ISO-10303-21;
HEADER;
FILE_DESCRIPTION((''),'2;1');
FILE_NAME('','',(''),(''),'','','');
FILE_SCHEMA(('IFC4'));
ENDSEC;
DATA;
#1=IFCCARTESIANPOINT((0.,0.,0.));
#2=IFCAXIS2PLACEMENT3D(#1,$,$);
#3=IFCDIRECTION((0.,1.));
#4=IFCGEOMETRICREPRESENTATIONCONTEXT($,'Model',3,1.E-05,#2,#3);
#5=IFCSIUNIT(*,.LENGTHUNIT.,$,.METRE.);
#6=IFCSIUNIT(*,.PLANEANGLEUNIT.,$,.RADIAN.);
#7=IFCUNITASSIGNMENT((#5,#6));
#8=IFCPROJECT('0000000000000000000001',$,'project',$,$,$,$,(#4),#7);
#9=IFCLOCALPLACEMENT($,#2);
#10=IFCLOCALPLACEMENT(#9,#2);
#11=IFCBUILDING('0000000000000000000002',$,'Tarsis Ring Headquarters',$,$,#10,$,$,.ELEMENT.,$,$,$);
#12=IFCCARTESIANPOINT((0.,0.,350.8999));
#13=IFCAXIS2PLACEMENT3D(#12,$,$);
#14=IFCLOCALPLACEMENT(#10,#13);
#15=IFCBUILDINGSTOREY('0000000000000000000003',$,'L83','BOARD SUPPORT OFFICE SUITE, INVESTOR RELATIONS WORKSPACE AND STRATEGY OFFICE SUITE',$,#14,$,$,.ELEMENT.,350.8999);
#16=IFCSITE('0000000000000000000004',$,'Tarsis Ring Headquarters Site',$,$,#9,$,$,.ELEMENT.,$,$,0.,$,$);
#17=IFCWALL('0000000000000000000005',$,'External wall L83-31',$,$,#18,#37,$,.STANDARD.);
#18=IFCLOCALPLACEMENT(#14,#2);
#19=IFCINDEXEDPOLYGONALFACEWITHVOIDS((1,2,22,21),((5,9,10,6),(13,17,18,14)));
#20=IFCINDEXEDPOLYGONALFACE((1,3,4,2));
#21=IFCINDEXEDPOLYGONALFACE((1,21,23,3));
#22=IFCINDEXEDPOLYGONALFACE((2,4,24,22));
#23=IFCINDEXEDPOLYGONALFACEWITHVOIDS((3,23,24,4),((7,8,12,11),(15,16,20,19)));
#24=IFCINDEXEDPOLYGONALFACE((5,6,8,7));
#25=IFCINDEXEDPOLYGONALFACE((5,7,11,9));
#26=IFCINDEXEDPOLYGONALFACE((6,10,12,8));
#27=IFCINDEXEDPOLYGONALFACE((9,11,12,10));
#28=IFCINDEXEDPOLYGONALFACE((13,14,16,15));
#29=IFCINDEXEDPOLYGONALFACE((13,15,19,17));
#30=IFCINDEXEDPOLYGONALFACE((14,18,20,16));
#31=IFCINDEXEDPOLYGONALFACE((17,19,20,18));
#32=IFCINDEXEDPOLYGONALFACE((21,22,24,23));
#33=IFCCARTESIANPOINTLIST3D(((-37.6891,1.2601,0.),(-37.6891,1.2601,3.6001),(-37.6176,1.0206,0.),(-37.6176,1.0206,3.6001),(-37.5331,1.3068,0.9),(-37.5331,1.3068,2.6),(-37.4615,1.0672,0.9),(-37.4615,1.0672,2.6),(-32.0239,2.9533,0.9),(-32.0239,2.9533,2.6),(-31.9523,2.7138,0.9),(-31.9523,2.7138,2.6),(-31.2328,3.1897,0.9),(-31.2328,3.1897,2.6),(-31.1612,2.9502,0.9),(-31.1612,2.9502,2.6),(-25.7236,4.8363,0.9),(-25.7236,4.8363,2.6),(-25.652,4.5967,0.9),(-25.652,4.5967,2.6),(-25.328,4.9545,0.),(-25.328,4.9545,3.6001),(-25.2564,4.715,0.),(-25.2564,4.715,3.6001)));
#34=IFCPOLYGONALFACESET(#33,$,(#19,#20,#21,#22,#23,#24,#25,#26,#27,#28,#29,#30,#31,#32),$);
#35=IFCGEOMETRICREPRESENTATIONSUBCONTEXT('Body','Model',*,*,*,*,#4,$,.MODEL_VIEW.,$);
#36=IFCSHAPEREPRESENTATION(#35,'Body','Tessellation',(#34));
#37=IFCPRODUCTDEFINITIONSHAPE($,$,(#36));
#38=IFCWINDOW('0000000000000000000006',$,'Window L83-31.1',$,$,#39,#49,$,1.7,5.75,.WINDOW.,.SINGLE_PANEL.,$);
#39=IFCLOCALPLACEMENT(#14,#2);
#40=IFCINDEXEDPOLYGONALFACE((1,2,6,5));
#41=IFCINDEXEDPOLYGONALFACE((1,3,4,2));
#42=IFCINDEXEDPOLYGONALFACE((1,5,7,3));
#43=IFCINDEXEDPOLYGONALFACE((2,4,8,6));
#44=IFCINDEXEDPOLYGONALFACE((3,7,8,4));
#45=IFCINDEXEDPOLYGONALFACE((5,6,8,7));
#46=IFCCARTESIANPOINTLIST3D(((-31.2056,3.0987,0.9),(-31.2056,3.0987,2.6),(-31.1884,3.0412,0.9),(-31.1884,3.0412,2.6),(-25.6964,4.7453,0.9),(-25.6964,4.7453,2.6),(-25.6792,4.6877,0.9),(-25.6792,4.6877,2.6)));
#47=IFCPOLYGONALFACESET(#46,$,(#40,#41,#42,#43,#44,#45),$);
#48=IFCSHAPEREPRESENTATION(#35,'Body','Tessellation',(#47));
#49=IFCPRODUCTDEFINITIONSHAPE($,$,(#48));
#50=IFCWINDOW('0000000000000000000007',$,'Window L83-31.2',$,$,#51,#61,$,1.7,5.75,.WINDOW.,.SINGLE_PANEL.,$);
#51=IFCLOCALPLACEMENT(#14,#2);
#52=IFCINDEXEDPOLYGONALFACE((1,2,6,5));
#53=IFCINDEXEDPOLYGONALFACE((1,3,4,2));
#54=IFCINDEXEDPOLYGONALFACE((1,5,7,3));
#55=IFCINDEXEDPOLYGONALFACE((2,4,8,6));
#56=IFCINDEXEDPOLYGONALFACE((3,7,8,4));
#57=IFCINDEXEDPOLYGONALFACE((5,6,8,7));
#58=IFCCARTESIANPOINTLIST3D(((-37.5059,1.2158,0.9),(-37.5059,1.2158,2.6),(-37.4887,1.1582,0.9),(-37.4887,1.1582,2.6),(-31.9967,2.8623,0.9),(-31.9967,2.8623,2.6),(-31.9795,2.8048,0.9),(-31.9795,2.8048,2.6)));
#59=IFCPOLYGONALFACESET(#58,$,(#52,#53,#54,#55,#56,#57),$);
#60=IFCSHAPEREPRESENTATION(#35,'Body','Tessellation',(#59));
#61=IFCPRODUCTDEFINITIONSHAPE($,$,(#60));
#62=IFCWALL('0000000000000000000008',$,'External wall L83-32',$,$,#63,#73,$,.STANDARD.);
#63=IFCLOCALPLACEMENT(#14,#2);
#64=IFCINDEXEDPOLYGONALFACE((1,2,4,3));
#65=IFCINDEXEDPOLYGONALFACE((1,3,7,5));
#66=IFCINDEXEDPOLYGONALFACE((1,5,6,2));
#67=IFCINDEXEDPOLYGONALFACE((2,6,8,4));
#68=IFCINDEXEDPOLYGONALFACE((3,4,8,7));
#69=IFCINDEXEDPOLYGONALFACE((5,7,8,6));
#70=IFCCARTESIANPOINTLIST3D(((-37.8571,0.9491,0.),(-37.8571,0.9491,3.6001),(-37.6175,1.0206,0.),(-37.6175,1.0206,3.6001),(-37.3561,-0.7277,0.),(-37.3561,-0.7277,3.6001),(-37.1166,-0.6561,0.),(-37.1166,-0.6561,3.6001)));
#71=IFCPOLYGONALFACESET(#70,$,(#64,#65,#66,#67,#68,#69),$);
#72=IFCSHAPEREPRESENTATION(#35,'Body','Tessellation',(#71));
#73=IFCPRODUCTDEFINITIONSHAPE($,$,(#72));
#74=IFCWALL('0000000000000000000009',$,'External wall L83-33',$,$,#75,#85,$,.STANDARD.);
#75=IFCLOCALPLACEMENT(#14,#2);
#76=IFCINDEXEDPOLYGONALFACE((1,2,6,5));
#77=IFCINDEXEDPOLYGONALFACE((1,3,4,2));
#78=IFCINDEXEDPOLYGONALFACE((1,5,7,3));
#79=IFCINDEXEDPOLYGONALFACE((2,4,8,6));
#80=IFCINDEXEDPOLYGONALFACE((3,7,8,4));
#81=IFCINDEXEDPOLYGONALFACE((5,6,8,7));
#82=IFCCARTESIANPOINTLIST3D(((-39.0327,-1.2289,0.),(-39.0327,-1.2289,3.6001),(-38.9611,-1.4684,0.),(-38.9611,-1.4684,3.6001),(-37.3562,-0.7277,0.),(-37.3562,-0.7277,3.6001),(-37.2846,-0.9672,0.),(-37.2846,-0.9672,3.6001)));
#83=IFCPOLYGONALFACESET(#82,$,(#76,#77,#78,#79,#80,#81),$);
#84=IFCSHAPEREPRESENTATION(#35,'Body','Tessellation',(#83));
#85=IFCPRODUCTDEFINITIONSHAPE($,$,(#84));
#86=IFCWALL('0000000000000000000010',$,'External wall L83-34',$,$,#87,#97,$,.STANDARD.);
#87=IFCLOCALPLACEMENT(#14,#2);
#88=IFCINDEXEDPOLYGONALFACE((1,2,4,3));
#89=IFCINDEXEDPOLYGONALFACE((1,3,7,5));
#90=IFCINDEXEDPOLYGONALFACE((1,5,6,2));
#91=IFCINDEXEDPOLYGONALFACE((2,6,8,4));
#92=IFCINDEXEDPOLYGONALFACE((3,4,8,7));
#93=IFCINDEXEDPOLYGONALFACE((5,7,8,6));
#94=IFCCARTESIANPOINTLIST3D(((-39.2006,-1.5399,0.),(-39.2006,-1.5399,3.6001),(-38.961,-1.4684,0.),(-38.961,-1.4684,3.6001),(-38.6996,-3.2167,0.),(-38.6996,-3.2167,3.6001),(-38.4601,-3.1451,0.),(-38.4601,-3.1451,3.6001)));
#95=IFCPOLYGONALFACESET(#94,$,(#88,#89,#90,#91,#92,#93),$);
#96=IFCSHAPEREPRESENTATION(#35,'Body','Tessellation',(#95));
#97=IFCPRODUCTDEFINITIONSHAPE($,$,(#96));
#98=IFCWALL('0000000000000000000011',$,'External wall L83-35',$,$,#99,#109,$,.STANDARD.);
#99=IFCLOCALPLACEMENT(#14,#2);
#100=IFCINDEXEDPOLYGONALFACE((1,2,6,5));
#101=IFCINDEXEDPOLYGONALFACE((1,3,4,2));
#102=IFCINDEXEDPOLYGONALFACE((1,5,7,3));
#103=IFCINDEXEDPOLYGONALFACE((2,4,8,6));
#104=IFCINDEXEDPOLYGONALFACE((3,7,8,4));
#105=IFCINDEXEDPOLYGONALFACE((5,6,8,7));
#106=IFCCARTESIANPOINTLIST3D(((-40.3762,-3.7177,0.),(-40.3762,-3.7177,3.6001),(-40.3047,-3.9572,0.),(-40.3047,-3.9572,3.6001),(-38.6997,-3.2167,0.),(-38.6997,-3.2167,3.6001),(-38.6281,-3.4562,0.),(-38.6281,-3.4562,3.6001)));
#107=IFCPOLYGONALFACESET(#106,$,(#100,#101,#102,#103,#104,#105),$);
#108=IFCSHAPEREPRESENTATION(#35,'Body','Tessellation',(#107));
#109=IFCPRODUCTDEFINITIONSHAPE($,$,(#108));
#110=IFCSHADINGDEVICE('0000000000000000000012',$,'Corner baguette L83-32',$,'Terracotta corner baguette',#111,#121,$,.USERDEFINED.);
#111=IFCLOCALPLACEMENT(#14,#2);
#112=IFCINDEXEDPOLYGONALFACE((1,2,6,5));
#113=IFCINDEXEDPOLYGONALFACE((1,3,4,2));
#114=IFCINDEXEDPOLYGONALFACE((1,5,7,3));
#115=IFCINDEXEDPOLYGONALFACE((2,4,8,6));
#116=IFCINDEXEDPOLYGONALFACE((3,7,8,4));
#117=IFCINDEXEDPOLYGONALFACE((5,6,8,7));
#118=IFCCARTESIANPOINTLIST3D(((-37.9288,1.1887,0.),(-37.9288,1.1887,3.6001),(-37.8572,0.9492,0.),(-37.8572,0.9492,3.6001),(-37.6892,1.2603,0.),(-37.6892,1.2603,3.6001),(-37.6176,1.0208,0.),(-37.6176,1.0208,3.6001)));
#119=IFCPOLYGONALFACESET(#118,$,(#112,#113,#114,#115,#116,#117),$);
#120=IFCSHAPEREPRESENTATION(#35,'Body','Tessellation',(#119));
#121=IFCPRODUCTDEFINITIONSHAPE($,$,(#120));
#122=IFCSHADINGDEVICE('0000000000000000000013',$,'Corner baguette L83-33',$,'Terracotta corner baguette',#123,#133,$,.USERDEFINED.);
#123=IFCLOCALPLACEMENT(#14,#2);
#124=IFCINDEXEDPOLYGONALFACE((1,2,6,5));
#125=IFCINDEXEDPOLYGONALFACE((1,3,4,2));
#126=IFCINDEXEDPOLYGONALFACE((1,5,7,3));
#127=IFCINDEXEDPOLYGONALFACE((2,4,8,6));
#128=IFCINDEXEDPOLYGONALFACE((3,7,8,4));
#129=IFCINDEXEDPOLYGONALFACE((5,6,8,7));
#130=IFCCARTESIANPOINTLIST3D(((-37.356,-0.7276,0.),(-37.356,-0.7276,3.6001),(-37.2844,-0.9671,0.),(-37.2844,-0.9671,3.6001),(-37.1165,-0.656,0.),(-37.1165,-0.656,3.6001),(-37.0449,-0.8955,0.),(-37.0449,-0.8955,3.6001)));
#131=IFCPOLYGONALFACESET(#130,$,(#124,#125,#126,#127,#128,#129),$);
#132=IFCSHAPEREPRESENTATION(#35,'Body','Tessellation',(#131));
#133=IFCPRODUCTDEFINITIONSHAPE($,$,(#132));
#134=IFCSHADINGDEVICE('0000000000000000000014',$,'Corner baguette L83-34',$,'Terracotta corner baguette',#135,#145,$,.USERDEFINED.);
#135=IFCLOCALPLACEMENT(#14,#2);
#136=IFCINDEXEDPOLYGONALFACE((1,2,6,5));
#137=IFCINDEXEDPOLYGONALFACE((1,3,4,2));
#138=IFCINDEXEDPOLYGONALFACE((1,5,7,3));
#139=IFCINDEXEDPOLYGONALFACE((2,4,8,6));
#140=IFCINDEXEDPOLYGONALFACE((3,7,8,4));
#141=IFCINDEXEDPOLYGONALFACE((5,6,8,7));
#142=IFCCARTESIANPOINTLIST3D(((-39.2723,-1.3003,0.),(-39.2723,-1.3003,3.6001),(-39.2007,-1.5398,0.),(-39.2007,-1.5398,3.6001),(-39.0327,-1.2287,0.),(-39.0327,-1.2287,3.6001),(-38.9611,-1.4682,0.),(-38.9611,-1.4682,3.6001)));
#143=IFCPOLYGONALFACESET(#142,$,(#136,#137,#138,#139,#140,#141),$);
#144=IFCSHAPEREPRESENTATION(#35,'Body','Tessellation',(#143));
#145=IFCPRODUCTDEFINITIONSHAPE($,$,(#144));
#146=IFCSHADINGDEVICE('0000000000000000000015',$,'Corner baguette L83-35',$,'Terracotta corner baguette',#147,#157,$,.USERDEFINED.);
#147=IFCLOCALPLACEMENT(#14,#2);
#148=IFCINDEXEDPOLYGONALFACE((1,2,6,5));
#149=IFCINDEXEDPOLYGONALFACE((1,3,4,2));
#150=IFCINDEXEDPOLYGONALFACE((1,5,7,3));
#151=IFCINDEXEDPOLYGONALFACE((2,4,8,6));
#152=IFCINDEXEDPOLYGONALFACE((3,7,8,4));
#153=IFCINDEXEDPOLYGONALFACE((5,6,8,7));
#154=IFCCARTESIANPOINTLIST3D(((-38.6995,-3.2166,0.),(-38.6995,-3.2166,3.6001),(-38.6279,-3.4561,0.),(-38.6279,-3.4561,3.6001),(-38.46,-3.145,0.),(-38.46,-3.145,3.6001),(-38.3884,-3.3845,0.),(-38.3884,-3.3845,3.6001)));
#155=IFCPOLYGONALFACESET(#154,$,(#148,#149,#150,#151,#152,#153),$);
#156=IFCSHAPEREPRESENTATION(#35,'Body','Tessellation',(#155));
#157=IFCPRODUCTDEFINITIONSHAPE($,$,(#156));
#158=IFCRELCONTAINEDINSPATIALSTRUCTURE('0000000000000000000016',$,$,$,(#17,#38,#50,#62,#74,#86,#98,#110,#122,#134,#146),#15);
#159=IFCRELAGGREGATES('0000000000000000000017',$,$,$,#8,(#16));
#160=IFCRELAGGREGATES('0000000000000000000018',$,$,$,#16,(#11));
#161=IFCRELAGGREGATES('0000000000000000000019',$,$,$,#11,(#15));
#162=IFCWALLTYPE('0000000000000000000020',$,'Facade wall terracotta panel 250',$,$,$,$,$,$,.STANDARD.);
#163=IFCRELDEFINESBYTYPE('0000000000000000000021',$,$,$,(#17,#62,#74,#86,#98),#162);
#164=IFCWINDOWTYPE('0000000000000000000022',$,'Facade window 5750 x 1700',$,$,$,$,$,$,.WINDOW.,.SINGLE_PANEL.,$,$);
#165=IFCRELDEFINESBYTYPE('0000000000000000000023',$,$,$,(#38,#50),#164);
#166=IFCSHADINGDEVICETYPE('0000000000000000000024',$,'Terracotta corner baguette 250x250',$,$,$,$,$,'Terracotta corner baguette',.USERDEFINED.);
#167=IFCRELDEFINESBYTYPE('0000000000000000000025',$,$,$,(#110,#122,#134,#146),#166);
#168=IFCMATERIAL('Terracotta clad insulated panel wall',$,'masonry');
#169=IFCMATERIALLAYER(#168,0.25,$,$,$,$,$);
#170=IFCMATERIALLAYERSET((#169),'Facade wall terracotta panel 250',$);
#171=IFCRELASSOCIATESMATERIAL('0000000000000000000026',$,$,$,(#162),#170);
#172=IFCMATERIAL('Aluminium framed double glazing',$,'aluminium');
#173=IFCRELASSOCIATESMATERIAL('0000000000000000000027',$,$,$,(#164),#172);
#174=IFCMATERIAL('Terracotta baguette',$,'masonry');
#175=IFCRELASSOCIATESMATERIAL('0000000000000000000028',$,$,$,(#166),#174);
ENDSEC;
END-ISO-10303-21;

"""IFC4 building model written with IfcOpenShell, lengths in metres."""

from ifc_helpers import new_model, si_unit, direction, frame, frame_2d, origin, origin_2d, place, context, subcontext, project, spatial, rectangle, extrude, material, layer, layer_set, type_object, element, fill, save


model = new_model("IFC4")

# Units and contexts
model_context = context("Model", 3, precision=1e-05, world=origin(), true_north=direction((0.0, 1.0)))
body_context = subcontext(model_context, "Body", "Model", "MODEL_VIEW")
ifc_project = project(units=[si_unit("LENGTHUNIT", "METRE"), si_unit("PLANEANGLEUNIT", "RADIAN")], contexts=[model_context])

# Site, building, storey
site_placement = place(None, origin())
site = spatial("IfcSite", under=ifc_project, at=site_placement, Name="Tarsis Ring Headquarters Site", CompositionType="ELEMENT", RefElevation=0.0)
building_placement = place(site_placement, origin())
building = spatial("IfcBuilding", under=site, at=building_placement, Name="Tarsis Ring Headquarters", CompositionType="ELEMENT")
storey_placement = place(building_placement, frame((0.0, 0.0, 350.8999)))
storey = spatial("IfcBuildingStorey", under=building, at=storey_placement, Name="L83", Description="BOARD SUPPORT OFFICE SUITE, INVESTOR RELATIONS WORKSPACE AND STRATEGY OFFICE SUITE", CompositionType="ELEMENT", Elevation=350.8999)

# Shared definitions
ifc_material_1 = material(Name="Terracotta clad insulated panel wall", Category="masonry")
ifc_layer_1 = layer(ifc_material_1, 0.25)
ifc_layer_set_1 = layer_set([ifc_layer_1], Name="Facade wall terracotta panel 250")
wall_type_1 = type_object("IfcWallType", Name="Facade wall terracotta panel 250", PredefinedType="STANDARD", material=ifc_layer_set_1)
ifc_material_2 = material(Name="Aluminium framed double glazing", Category="aluminium")

# Wall, openings, windows
wall_1_placement = place(storey_placement, frame((-25.2922, 4.8347, 0.0), z_axis=(0.0, 0.0, 1.0), x_axis=(-0.958124, -0.286353, 0.0)))
wall_1 = element("IfcWall", 1, at=wall_1_placement, inside=storey, type_object=wall_type_1, Name="External wall L83-31", PredefinedType="STANDARD", context=body_context, shape_type="SweptSolid", body=[
    extrude(rectangle(XDim=12.9014, YDim=0.25, at=frame_2d((6.4507, 0.0))), origin(), (0.0, 0.0, 1.0), 3.6001),
])
opening_1_placement = place(wall_1_placement, frame((0.4128, 0.0, 0.8999)))
opening_1 = element("IfcOpeningElement", 2, at=opening_1_placement, cuts=wall_1, PredefinedType="OPENING", context=body_context, shape_type="SweptSolid", body=[
    extrude(rectangle(XDim=5.75, YDim=1.7, at=frame_2d((2.875, 0.8501))), frame((0.0, 0.135, 0.0), z_axis=(0.0, -1.0, 0.0), x_axis=(1.0, 0.0, 0.0)), (0.0, 0.0, 1.0), 0.27),
])
opening_2_placement = place(wall_1_placement, frame((6.9885, 0.0, 0.8999)))
opening_2 = element("IfcOpeningElement", 3, at=opening_2_placement, cuts=wall_1, PredefinedType="OPENING", context=body_context, shape_type="SweptSolid", body=[
    extrude(rectangle(XDim=5.75, YDim=1.7, at=frame_2d((2.875, 0.8501))), frame((0.0, 0.135, 0.0), z_axis=(0.0, -1.0, 0.0), x_axis=(1.0, 0.0, 0.0)), (0.0, 0.0, 1.0), 0.27),
])
window_type_1 = type_object("IfcWindowType", Name="Facade window 5750 x 1700", PartitioningType="SINGLE_PANEL", PredefinedType="WINDOW", material=ifc_material_2)
window_1_placement = place(opening_1_placement, origin())
window_1 = element("IfcWindow", 4, at=window_1_placement, inside=storey, type_object=window_type_1, Name="Window L83-31.1", OverallHeight=1.7, OverallWidth=5.75, PartitioningType="SINGLE_PANEL", PredefinedType="WINDOW", context=body_context, shape_type="SweptSolid", body=[
    extrude(rectangle(XDim=5.75, YDim=1.7, at=frame_2d((2.875, 0.8501))), frame((0.0, 0.03, 0.0), z_axis=(0.0, -1.0, 0.0), x_axis=(1.0, 0.0, 0.0)), (0.0, 0.0, 1.0), 0.0601),
])
fill(opening_1, window_1)
window_2_placement = place(opening_2_placement, origin())
window_2 = element("IfcWindow", 5, at=window_2_placement, inside=storey, type_object=window_type_1, Name="Window L83-31.2", OverallHeight=1.7, OverallWidth=5.75, PartitioningType="SINGLE_PANEL", PredefinedType="WINDOW", context=body_context, shape_type="SweptSolid", body=[
    extrude(rectangle(XDim=5.75, YDim=1.7, at=frame_2d((2.875, 0.8501))), frame((0.0, 0.03, 0.0), z_axis=(0.0, -1.0, 0.0), x_axis=(1.0, 0.0, 0.0)), (0.0, 0.0, 1.0), 0.0601),
])
fill(opening_2, window_2)

# Walls
wall_2_placement = place(storey_placement, frame((-37.7373, 0.9849, 0.0), z_axis=(0.0, 0.0, 1.0), x_axis=(0.286273, -0.958148, 0.0)))
element("IfcWall", 6, at=wall_2_placement, inside=storey, type_object=wall_type_1, Name="External wall L83-32", PredefinedType="STANDARD", context=body_context, shape_type="SweptSolid", body=[
    extrude(rectangle(XDim=1.75, YDim=0.25, at=frame_2d((0.875, 0.0))), origin(), (0.0, 0.0, 1.0), 3.6001),
])
wall_3_placement = place(storey_placement, frame((-37.3203, -0.8474, 0.0), z_axis=(0.0, 0.0, 1.0), x_axis=(-0.958098, -0.286439, 0.0)))
element("IfcWall", 7, at=wall_3_placement, inside=storey, type_object=wall_type_1, Name="External wall L83-33", PredefinedType="STANDARD", context=body_context, shape_type="SweptSolid", body=[
    extrude(rectangle(XDim=1.7498, YDim=0.25, at=frame_2d((0.875, 0.0))), origin(), (0.0, 0.0, 1.0), 3.6001),
])
wall_4_placement = place(storey_placement, frame((-39.0808, -1.5042, 0.0), z_axis=(0.0, 0.0, 1.0), x_axis=(0.286273, -0.958148, 0.0)))
element("IfcWall", 8, at=wall_4_placement, inside=storey, type_object=wall_type_1, Name="External wall L83-34", PredefinedType="STANDARD", context=body_context, shape_type="SweptSolid", body=[
    extrude(rectangle(XDim=1.75, YDim=0.25, at=frame_2d((0.875, 0.0))), origin(), (0.0, 0.0, 1.0), 3.6001),
])
wall_5_placement = place(storey_placement, frame((-38.6638, -3.3364, 0.0), z_axis=(0.0, 0.0, 1.0), x_axis=(-0.958137, -0.286311, 0.0)))
element("IfcWall", 9, at=wall_5_placement, inside=storey, type_object=wall_type_1, Name="External wall L83-35", PredefinedType="STANDARD", context=body_context, shape_type="SweptSolid", body=[
    extrude(rectangle(XDim=1.7498, YDim=0.25, at=frame_2d((0.875, 0.0))), origin(), (0.0, 0.0, 1.0), 3.6001),
])

# Shading devices
ifc_material_3 = material(Name="Terracotta baguette", Category="masonry")
shading_device_type = type_object("IfcShadingDeviceType", Name="Terracotta corner baguette 250x250", ElementType="Terracotta corner baguette", PredefinedType="USERDEFINED", material=ifc_material_3)
for number, where, z_axis, x_axis, name in (
    (10, (-37.7732, 1.1047, 0.0), (0.0, 0.0, 1.0), (-0.958123, -0.286357, 0.0), "Corner baguette L83-32"),
    (11, (-37.2004, -0.8115, 0.0), (0.0, 0.0, 1.0), (0.286357, -0.958123, 0.0), "Corner baguette L83-33"),
    (12, (-39.1167, -1.3843, 0.0), (0.0, 0.0, 1.0), (-0.958123, -0.286358, 0.0), "Corner baguette L83-34"),
    (13, (-38.5439, -3.3005, 0.0), (0.0, 0.0, 1.0), (0.286357, -0.958123, 0.0), "Corner baguette L83-35"),
):
    element("IfcShadingDevice", number, at=place(storey_placement, frame(where, z_axis=z_axis, x_axis=x_axis)), inside=storey, type_object=shading_device_type, Name=name, ObjectType="Terracotta corner baguette", PredefinedType="USERDEFINED", context=body_context, shape_type="SweptSolid", body=[
        extrude(rectangle(XDim=0.25, YDim=0.25, at=origin_2d()), origin(), (0.0, 0.0, 1.0), 3.6001),
    ])

save(model, "model.ifc")
